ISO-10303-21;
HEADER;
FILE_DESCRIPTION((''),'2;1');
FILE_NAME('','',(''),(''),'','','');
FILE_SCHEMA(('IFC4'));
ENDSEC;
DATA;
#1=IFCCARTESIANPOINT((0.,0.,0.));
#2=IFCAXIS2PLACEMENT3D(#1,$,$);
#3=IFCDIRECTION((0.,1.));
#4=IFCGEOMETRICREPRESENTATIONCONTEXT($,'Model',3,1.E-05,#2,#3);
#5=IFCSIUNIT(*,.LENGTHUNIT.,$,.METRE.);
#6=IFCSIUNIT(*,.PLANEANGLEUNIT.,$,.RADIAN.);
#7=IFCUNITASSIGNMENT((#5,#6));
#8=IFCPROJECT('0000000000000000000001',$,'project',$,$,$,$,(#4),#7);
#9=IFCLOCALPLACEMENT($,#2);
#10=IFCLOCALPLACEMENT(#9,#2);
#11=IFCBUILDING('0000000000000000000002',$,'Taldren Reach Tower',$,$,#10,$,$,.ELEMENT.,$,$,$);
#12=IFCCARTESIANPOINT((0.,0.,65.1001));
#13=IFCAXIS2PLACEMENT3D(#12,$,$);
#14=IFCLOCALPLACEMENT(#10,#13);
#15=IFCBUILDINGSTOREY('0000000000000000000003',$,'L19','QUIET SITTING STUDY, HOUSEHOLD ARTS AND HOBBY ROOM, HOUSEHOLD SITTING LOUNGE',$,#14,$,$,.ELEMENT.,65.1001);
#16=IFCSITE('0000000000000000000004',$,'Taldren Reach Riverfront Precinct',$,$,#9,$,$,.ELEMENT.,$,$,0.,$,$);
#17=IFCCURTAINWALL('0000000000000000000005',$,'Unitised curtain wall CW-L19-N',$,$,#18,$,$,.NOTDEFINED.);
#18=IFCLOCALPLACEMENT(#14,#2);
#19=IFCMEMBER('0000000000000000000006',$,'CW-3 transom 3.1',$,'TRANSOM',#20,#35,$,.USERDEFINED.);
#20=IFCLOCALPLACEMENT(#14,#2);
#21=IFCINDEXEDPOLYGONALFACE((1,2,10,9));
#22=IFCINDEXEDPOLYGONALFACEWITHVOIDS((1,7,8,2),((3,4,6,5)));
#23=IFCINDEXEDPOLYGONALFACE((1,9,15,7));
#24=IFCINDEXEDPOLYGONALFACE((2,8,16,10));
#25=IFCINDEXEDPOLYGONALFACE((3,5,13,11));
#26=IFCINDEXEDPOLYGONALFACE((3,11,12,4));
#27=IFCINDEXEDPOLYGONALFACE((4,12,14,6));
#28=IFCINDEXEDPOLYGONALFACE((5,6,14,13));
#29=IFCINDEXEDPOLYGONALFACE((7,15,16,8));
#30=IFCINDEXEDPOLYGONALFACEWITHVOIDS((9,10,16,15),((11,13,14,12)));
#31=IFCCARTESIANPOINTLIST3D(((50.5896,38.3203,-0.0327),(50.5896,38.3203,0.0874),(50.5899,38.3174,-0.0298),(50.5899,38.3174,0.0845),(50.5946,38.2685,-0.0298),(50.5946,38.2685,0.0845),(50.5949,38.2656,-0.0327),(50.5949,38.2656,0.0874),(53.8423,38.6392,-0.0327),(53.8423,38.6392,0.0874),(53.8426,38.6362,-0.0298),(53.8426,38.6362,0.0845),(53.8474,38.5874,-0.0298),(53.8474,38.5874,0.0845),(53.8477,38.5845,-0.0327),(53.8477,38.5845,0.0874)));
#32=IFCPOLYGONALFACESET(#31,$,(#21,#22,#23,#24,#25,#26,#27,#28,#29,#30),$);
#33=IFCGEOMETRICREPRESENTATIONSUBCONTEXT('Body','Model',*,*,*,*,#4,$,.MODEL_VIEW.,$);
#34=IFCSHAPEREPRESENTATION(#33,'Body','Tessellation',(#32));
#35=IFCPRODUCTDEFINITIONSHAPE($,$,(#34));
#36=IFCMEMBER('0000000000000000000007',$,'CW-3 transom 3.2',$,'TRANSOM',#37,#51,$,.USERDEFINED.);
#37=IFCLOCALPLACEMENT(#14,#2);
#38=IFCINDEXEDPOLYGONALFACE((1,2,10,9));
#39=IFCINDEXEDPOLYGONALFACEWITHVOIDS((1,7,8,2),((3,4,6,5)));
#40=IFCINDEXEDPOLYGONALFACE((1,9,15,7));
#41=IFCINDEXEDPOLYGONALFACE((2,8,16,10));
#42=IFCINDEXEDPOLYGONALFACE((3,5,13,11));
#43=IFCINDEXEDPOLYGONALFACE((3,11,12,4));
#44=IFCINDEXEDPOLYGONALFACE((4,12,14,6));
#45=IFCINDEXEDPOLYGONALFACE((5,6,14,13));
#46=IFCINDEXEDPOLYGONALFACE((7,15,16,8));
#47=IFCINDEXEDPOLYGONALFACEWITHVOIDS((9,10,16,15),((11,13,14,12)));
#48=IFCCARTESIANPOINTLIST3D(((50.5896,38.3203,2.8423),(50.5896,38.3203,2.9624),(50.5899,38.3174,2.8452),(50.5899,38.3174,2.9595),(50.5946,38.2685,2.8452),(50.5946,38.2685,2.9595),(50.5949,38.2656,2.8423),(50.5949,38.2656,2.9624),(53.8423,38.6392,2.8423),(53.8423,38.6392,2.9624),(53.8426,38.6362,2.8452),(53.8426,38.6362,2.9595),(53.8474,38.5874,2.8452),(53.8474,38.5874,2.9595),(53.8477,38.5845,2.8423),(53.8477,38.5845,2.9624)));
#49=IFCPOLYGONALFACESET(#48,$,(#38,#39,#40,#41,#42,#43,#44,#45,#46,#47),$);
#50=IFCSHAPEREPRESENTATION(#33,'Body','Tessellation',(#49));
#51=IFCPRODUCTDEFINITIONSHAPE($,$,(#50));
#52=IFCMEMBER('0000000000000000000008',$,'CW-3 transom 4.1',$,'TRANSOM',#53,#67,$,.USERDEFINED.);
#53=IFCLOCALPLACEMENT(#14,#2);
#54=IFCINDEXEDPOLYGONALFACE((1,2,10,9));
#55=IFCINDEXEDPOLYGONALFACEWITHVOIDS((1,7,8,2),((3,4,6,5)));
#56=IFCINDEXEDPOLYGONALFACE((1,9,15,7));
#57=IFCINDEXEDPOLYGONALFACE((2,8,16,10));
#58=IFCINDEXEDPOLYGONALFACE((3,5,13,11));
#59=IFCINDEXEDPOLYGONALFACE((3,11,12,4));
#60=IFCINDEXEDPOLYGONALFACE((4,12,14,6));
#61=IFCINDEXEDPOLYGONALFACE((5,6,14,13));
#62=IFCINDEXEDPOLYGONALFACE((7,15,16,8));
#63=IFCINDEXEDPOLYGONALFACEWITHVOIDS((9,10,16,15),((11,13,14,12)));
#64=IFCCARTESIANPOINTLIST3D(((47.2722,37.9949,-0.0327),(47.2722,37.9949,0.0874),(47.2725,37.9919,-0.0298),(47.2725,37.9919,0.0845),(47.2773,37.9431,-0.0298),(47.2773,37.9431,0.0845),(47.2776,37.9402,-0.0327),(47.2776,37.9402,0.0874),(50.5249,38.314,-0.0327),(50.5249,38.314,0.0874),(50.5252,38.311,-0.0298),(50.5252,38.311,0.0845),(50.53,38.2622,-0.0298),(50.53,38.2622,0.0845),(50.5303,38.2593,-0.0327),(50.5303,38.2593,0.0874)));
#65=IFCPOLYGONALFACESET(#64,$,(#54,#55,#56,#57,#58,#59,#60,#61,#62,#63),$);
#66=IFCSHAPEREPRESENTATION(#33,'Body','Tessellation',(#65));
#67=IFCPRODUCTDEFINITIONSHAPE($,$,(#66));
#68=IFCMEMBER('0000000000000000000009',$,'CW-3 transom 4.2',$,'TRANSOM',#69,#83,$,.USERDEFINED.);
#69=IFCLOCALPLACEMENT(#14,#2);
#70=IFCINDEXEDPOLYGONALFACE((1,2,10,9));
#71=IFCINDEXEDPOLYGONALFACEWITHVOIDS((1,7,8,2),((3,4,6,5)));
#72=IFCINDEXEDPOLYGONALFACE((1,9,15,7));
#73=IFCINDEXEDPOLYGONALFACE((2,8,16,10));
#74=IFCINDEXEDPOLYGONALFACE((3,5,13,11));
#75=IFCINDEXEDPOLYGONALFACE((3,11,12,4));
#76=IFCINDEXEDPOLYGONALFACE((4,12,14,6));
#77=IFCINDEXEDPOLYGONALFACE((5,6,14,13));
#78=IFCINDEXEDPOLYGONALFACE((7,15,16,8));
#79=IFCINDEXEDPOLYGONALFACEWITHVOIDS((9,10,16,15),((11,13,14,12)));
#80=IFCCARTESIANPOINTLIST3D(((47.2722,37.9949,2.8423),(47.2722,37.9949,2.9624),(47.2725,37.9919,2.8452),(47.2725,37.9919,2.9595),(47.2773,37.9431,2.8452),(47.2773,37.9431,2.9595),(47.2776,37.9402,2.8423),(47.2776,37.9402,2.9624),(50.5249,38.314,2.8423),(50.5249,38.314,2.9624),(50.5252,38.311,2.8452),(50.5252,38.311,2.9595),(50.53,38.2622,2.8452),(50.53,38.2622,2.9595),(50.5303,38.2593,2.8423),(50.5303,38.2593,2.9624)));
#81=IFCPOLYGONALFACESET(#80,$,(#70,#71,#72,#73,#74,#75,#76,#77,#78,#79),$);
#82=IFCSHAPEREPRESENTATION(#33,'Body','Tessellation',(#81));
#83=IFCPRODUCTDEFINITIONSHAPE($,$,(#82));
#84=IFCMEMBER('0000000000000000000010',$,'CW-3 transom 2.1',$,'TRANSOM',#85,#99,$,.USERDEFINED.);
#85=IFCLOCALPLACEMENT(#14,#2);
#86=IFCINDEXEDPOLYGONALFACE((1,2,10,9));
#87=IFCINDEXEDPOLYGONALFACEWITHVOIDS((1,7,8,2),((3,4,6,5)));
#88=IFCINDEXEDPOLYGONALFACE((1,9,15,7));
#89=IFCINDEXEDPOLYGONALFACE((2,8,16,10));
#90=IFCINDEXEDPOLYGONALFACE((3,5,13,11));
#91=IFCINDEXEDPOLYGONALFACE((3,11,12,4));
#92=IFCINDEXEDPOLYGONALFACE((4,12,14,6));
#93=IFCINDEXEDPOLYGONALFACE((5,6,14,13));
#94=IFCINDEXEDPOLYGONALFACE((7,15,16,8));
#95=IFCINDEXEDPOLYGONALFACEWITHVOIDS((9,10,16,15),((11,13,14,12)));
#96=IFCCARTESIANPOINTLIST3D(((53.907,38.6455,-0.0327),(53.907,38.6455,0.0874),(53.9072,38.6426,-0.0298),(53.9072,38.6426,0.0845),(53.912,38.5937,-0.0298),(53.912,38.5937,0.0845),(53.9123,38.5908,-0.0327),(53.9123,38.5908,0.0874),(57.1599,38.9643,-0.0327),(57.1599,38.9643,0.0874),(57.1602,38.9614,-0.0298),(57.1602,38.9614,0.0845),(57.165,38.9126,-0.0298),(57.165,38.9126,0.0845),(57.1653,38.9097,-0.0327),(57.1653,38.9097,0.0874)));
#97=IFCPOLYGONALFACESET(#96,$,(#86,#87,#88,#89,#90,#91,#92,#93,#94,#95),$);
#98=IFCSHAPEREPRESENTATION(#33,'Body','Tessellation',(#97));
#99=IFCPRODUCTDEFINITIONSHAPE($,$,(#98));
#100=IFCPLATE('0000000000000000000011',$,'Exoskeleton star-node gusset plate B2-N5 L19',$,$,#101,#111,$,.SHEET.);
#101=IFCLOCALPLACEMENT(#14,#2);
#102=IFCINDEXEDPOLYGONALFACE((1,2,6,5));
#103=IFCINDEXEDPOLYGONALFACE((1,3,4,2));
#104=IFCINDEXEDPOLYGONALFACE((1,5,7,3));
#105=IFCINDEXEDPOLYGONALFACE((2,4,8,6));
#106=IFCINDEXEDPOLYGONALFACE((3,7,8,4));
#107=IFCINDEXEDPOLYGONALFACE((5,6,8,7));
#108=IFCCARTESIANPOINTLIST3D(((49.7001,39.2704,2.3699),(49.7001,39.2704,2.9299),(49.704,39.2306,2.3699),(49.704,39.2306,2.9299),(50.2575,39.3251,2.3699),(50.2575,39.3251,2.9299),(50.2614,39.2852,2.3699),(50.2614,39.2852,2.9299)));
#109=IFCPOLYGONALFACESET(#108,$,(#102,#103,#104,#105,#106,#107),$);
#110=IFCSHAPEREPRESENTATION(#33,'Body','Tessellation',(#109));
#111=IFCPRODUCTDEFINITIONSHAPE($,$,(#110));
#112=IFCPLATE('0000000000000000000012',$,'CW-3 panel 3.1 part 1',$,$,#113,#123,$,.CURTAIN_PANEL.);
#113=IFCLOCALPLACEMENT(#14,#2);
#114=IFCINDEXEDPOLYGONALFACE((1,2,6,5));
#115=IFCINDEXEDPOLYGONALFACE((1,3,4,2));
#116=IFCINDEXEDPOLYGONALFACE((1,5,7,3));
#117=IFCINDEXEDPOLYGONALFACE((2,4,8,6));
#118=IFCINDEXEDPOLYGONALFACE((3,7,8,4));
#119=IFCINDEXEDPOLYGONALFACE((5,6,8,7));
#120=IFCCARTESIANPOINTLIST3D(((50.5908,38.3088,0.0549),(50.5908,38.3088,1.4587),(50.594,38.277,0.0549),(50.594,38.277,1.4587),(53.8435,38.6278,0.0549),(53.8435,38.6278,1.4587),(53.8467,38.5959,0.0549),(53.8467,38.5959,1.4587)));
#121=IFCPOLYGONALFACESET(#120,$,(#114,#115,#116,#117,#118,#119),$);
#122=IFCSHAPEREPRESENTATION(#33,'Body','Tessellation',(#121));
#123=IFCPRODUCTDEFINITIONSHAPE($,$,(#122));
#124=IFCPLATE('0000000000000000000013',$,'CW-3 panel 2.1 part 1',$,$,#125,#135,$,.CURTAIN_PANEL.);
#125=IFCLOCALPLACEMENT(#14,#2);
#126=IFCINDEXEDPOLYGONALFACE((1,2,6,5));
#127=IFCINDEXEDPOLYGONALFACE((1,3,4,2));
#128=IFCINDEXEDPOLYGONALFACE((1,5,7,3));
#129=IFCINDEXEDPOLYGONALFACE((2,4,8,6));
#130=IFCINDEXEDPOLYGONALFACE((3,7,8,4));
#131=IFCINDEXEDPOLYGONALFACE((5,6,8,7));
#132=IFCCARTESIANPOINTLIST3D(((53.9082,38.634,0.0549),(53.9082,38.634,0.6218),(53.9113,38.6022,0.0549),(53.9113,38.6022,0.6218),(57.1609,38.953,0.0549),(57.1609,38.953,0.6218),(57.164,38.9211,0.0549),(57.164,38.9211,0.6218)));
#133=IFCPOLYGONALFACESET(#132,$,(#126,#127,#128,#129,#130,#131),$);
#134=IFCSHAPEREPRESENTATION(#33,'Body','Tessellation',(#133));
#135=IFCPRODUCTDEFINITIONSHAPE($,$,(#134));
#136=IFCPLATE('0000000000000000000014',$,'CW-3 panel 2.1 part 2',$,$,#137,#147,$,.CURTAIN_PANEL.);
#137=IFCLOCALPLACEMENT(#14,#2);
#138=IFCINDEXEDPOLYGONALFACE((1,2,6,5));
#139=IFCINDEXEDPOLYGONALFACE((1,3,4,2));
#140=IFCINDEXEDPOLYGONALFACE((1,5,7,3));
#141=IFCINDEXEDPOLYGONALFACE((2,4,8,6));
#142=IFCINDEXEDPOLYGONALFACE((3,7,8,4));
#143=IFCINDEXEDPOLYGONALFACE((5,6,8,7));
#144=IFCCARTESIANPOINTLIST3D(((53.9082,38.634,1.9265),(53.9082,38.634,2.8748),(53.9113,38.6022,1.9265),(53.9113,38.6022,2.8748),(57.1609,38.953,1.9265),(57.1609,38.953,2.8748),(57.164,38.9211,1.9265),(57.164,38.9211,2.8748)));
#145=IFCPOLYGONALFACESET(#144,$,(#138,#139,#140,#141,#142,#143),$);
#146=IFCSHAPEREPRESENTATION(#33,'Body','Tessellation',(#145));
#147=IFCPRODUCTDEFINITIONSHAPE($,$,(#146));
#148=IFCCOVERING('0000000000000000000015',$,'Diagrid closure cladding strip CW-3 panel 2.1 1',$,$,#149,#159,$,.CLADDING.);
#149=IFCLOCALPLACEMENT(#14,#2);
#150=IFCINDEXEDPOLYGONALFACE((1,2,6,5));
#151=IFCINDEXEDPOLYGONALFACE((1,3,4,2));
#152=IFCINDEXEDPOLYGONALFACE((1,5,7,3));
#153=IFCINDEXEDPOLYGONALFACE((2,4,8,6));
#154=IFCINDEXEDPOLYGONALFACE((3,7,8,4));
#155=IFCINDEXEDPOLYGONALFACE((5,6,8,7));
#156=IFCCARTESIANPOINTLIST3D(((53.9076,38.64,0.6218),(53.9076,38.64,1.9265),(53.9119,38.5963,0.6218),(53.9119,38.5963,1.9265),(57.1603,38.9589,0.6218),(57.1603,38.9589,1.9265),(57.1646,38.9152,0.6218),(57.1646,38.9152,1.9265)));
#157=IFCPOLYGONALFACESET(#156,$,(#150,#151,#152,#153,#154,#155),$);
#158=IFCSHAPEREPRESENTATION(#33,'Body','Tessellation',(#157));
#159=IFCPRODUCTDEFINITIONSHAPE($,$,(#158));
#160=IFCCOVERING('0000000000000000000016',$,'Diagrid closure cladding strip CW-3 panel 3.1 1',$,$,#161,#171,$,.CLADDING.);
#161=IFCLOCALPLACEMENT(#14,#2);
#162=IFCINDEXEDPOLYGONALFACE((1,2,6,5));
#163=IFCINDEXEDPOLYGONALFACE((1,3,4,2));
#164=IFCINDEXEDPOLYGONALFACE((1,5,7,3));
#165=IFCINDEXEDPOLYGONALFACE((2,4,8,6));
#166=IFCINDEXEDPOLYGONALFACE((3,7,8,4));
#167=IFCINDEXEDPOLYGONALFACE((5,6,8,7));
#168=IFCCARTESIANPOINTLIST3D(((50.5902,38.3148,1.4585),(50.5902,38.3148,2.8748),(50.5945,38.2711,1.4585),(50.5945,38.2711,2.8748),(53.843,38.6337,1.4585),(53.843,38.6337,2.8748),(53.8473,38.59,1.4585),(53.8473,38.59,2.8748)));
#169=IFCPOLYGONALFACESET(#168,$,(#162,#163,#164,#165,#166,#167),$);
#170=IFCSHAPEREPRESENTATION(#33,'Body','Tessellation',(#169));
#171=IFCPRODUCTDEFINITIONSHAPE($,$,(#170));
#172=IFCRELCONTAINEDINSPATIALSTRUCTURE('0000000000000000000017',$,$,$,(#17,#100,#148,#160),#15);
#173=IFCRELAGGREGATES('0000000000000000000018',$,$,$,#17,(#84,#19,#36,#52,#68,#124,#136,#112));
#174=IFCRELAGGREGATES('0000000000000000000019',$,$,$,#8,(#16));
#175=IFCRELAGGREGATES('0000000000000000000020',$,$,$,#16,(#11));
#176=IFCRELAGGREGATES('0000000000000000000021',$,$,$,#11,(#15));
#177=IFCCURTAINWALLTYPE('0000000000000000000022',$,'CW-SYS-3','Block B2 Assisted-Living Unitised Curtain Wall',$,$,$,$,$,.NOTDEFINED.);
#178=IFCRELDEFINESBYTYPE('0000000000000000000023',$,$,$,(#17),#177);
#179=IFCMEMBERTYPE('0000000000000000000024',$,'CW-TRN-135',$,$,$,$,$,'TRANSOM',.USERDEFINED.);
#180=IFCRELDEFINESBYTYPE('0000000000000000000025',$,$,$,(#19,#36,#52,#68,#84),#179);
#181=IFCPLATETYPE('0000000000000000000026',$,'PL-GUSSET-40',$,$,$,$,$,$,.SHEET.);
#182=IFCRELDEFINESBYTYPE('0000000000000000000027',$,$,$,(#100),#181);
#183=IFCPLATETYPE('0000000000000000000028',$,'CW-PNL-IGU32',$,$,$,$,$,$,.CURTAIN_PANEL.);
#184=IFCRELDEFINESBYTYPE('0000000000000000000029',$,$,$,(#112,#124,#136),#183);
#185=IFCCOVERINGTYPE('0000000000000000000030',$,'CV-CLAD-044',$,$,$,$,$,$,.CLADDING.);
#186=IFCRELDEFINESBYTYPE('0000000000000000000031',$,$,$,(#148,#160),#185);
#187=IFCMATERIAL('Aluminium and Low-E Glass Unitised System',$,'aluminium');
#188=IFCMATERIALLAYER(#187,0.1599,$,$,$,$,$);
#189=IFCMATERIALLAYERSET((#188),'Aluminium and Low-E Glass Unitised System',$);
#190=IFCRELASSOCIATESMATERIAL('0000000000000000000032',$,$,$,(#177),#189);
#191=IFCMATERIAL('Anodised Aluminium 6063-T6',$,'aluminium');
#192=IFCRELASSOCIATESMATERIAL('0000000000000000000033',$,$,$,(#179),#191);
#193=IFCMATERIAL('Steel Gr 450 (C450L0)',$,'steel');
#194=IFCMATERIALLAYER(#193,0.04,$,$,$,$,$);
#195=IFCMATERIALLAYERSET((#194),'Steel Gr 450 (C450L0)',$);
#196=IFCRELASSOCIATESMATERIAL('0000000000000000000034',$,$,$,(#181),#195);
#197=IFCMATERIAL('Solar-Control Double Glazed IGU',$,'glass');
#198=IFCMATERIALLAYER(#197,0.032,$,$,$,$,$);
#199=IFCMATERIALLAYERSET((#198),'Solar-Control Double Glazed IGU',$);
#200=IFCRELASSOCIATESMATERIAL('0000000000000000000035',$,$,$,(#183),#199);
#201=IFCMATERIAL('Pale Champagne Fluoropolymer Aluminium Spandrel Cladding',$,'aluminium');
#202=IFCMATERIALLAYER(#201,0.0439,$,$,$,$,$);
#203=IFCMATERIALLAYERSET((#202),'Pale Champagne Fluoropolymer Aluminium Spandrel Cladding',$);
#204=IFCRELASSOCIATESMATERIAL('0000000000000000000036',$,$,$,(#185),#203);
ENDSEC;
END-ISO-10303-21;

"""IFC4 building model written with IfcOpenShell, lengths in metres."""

from ifc_helpers import new_model, si_unit, direction, frame, origin, origin_2d, place, context, subcontext, project, spatial, rectangle, hollow_rectangle, extrude, source, transform, mapped, material, layer, layer_set, material_profile, profile_set, type_object, element, aggregate, save


model = new_model("IFC4")

# Units and contexts
model_context = context("Model", 3, precision=1e-05, world=origin(), true_north=direction((0.0, 1.0)))
body_context = subcontext(model_context, "Body", "Model", "MODEL_VIEW")
ifc_project = project(units=[si_unit("LENGTHUNIT", "METRE"), si_unit("PLANEANGLEUNIT", "RADIAN")], contexts=[model_context])

# Site, building, storey
site_placement = place(None, origin())
site = spatial("IfcSite", under=ifc_project, at=site_placement, Name="Taldren Reach Riverfront Precinct", CompositionType="ELEMENT", RefElevation=0.0)
building_placement = place(site_placement, origin())
building = spatial("IfcBuilding", under=site, at=building_placement, Name="Taldren Reach Tower", CompositionType="ELEMENT")
storey_placement = place(building_placement, frame((0.0, 0.0, 65.1001)))
storey = spatial("IfcBuildingStorey", under=building, at=storey_placement, Name="L19", Description="QUIET SITTING STUDY, HOUSEHOLD ARTS AND HOBBY ROOM, HOUSEHOLD SITTING LOUNGE", CompositionType="ELEMENT", Elevation=65.1001)

# Shared definitions
ifc_material_1 = material(Name="Steel Gr 450 (C450L0)", Category="steel")

# Curtain wall, members
ifc_material_2 = material(Name="Aluminium and Low-E Glass Unitised System", Category="aluminium")
ifc_layer_1 = layer(ifc_material_2, 0.1599)
ifc_layer_set_1 = layer_set([ifc_layer_1], Name="Aluminium and Low-E Glass Unitised System")
curtain_wall_type = type_object("IfcCurtainWallType", Name="CW-SYS-3", Description="Block B2 Assisted-Living Unitised Curtain Wall", PredefinedType="NOTDEFINED", material=ifc_layer_set_1)
curtain_wall_placement = place(storey_placement, origin())
curtain_wall = element("IfcCurtainWall", 1, at=curtain_wall_placement, inside=storey, type_object=curtain_wall_type, Name="Unitised curtain wall CW-L19-N", PredefinedType="NOTDEFINED")
ifc_material_3 = material(Name="Anodised Aluminium 6063-T6", Category="aluminium")
ifc_material_profile_1 = material_profile(ifc_material_3, hollow_rectangle(XDim=0.0549, YDim=0.1201, WallThickness=0.0029, at=origin_2d()), Name="ALU-120x55x3RHS")
ifc_profile_set_1 = profile_set([ifc_material_profile_1], Name="Anodised Aluminium 6063-T6")
member_type_1 = type_object("IfcMemberType", Name="CW-TRN-135", ElementType="TRANSOM", PredefinedType="USERDEFINED", material=ifc_profile_set_1)
shared_shape_1 = source(origin(), body_context, "Body", "SweptSolid", [
    extrude(hollow_rectangle(XDim=0.0549, YDim=0.1201, WallThickness=0.0029, at=origin_2d()), origin(), (0.0, 0.0, 1.0), 3.2683),
])
member_1_placement = place(storey_placement, frame((53.845, 38.6118, 0.0273), z_axis=(-0.99523, -0.097558, 0.0), x_axis=(0.097558, -0.99523, 0.0)))
member_1 = element("IfcMember", 2, at=member_1_placement, type_object=member_type_1, Name="CW-3 transom 3.1", ObjectType="TRANSOM", PredefinedType="USERDEFINED", context=body_context, shape_type="MappedRepresentation", body=[
    mapped(shared_shape_1, transform((0.0, 0.0, 0.0), scale=1.0)),
])
member_2_placement = place(storey_placement, frame((53.845, 38.6118, 2.9023), z_axis=(-0.99523, -0.097558, 0.0), x_axis=(0.097558, -0.99523, 0.0)))
member_2 = element("IfcMember", 3, at=member_2_placement, type_object=member_type_1, Name="CW-3 transom 3.2", ObjectType="TRANSOM", PredefinedType="USERDEFINED", context=body_context, shape_type="MappedRepresentation", body=[
    mapped(shared_shape_1, transform((0.0, 0.0, 0.0), scale=1.0)),
])
member_3_placement = place(storey_placement, frame((50.5276, 38.2866, 0.0273), z_axis=(-0.995223, -0.097632, 0.0), x_axis=(0.097632, -0.995223, 0.0)))
member_3 = element("IfcMember", 4, at=member_3_placement, type_object=member_type_1, Name="CW-3 transom 4.1", ObjectType="TRANSOM", PredefinedType="USERDEFINED", context=body_context, shape_type="MappedRepresentation", body=[
    mapped(shared_shape_1, transform((0.0, 0.0, 0.0), scale=1.0)),
])
member_4_placement = place(storey_placement, frame((50.5276, 38.2866, 2.9023), z_axis=(-0.995223, -0.097632, 0.0), x_axis=(0.097632, -0.995223, 0.0)))
member_4 = element("IfcMember", 5, at=member_4_placement, type_object=member_type_1, Name="CW-3 transom 4.2", ObjectType="TRANSOM", PredefinedType="USERDEFINED", context=body_context, shape_type="MappedRepresentation", body=[
    mapped(shared_shape_1, transform((0.0, 0.0, 0.0), scale=1.0)),
])
shared_shape_2 = source(origin(), body_context, "Body", "SweptSolid", [
    extrude(hollow_rectangle(XDim=0.0549, YDim=0.1201, WallThickness=0.0029, at=origin_2d()), origin(), (0.0, 0.0, 1.0), 3.2686),
])
member_5_placement = place(storey_placement, frame((57.1626, 38.937, 0.0273), z_axis=(-0.995231, -0.097551, 0.0), x_axis=(0.097551, -0.995231, 0.0)))
member_5 = element("IfcMember", 6, at=member_5_placement, type_object=member_type_1, Name="CW-3 transom 2.1", ObjectType="TRANSOM", PredefinedType="USERDEFINED", context=body_context, shape_type="MappedRepresentation", body=[
    mapped(shared_shape_2, transform((0.0, 0.0, 0.0), scale=1.0)),
])

# Plates
ifc_layer_2 = layer(ifc_material_1, 0.04)
ifc_layer_set_2 = layer_set([ifc_layer_2], Name="Steel Gr 450 (C450L0)")
plate_type_1 = type_object("IfcPlateType", Name="PL-GUSSET-40", PredefinedType="SHEET", material=ifc_layer_set_2)
shared_shape_3 = source(origin(), body_context, "Body", "SweptSolid", [
    extrude(rectangle(XDim=0.5601, YDim=0.04, at=origin_2d()), origin(), (0.0, 0.0, 1.0), 0.5601),
])
plate_1_placement = place(storey_placement, frame((49.9807, 39.2778, 2.3699), z_axis=(0.0, 0.0, 1.0), x_axis=(0.995227, 0.097583, 0.0)))
element("IfcPlate", 7, at=plate_1_placement, inside=storey, type_object=plate_type_1, Name="Exoskeleton star-node gusset plate B2-N5 L19", PredefinedType="SHEET", context=body_context, shape_type="MappedRepresentation", body=[
    mapped(shared_shape_3, transform((0.0, 0.0, 0.0), scale=1.0)),
])
ifc_material_4 = material(Name="Solar-Control Double Glazed IGU", Category="glass")
ifc_layer_3 = layer(ifc_material_4, 0.032)
ifc_layer_set_3 = layer_set([ifc_layer_3], Name="Solar-Control Double Glazed IGU")
plate_type_2 = type_object("IfcPlateType", Name="CW-PNL-IGU32", PredefinedType="CURTAIN_PANEL", material=ifc_layer_set_3)
shared_shape_4 = source(origin(), body_context, "Body", "SweptSolid", [
    extrude(rectangle(XDim=3.2683, YDim=0.032, at=origin_2d()), origin(), (0.0, 0.0, 1.0), 1.4038),
])
plate_2_placement = place(storey_placement, frame((52.2188, 38.4524, 0.0549), z_axis=(0.0, 0.0, 1.0), x_axis=(-0.995227, -0.097583, 0.0)))
plate_2 = element("IfcPlate", 8, at=plate_2_placement, type_object=plate_type_2, Name="CW-3 panel 3.1 part 1", PredefinedType="CURTAIN_PANEL", context=body_context, shape_type="MappedRepresentation", body=[
    mapped(shared_shape_4, transform((0.0, 0.0, 0.0), scale=1.0)),
])
shared_shape_5 = source(origin(), body_context, "Body", "SweptSolid", [
    extrude(rectangle(XDim=3.2683, YDim=0.032, at=origin_2d()), origin(), (0.0, 0.0, 1.0), 0.5669),
])
plate_3_placement = place(storey_placement, frame((55.5361, 38.7776, 0.0549), z_axis=(0.0, 0.0, 1.0), x_axis=(-0.995227, -0.097583, 0.0)))
plate_3 = element("IfcPlate", 9, at=plate_3_placement, type_object=plate_type_2, Name="CW-3 panel 2.1 part 1", PredefinedType="CURTAIN_PANEL", context=body_context, shape_type="MappedRepresentation", body=[
    mapped(shared_shape_5, transform((0.0, 0.0, 0.0), scale=1.0)),
])
shared_shape_6 = source(origin(), body_context, "Body", "SweptSolid", [
    extrude(rectangle(XDim=3.2683, YDim=0.032, at=origin_2d()), origin(), (0.0, 0.0, 1.0), 0.9482),
])
plate_4_placement = place(storey_placement, frame((55.5361, 38.7776, 1.9265), z_axis=(0.0, 0.0, 1.0), x_axis=(-0.995227, -0.097583, 0.0)))
plate_4 = element("IfcPlate", 10, at=plate_4_placement, type_object=plate_type_2, Name="CW-3 panel 2.1 part 2", PredefinedType="CURTAIN_PANEL", context=body_context, shape_type="MappedRepresentation", body=[
    mapped(shared_shape_6, transform((0.0, 0.0, 0.0), scale=1.0)),
])
aggregate(curtain_wall, [member_5, member_1, member_2, member_3, member_4, plate_3, plate_4, plate_2])

# Coverings
ifc_material_5 = material(Name="Pale Champagne Fluoropolymer Aluminium Spandrel Cladding", Category="aluminium")
ifc_layer_4 = layer(ifc_material_5, 0.0439)
ifc_layer_set_4 = layer_set([ifc_layer_4], Name="Pale Champagne Fluoropolymer Aluminium Spandrel Cladding")
covering_type = type_object("IfcCoveringType", Name="CV-CLAD-044", PredefinedType="CLADDING", material=ifc_layer_set_4)
shared_shape_7 = source(origin(), body_context, "Body", "SweptSolid", [
    extrude(rectangle(XDim=3.2683, YDim=0.0439, at=origin_2d()), origin(), (0.0, 0.0, 1.0), 1.3047),
])
covering_1_placement = place(storey_placement, frame((55.5361, 38.7776, 0.6218), z_axis=(0.0, 0.0, 1.0), x_axis=(-0.995227, -0.097583, 0.0)))
element("IfcCovering", 11, at=covering_1_placement, inside=storey, type_object=covering_type, Name="Diagrid closure cladding strip CW-3 panel 2.1 1", PredefinedType="CLADDING", context=body_context, shape_type="MappedRepresentation", body=[
    mapped(shared_shape_7, transform((0.0, 0.0, 0.0), scale=1.0)),
])
shared_shape_8 = source(origin(), body_context, "Body", "SweptSolid", [
    extrude(rectangle(XDim=3.2683, YDim=0.0439, at=origin_2d()), origin(), (0.0, 0.0, 1.0), 1.4163),
])
covering_2_placement = place(storey_placement, frame((52.2188, 38.4524, 1.4585), z_axis=(0.0, 0.0, 1.0), x_axis=(-0.995227, -0.097583, 0.0)))
element("IfcCovering", 12, at=covering_2_placement, inside=storey, type_object=covering_type, Name="Diagrid closure cladding strip CW-3 panel 3.1 1", PredefinedType="CLADDING", context=body_context, shape_type="MappedRepresentation", body=[
    mapped(shared_shape_8, transform((0.0, 0.0, 0.0), scale=1.0)),
])

save(model, "model.ifc")
